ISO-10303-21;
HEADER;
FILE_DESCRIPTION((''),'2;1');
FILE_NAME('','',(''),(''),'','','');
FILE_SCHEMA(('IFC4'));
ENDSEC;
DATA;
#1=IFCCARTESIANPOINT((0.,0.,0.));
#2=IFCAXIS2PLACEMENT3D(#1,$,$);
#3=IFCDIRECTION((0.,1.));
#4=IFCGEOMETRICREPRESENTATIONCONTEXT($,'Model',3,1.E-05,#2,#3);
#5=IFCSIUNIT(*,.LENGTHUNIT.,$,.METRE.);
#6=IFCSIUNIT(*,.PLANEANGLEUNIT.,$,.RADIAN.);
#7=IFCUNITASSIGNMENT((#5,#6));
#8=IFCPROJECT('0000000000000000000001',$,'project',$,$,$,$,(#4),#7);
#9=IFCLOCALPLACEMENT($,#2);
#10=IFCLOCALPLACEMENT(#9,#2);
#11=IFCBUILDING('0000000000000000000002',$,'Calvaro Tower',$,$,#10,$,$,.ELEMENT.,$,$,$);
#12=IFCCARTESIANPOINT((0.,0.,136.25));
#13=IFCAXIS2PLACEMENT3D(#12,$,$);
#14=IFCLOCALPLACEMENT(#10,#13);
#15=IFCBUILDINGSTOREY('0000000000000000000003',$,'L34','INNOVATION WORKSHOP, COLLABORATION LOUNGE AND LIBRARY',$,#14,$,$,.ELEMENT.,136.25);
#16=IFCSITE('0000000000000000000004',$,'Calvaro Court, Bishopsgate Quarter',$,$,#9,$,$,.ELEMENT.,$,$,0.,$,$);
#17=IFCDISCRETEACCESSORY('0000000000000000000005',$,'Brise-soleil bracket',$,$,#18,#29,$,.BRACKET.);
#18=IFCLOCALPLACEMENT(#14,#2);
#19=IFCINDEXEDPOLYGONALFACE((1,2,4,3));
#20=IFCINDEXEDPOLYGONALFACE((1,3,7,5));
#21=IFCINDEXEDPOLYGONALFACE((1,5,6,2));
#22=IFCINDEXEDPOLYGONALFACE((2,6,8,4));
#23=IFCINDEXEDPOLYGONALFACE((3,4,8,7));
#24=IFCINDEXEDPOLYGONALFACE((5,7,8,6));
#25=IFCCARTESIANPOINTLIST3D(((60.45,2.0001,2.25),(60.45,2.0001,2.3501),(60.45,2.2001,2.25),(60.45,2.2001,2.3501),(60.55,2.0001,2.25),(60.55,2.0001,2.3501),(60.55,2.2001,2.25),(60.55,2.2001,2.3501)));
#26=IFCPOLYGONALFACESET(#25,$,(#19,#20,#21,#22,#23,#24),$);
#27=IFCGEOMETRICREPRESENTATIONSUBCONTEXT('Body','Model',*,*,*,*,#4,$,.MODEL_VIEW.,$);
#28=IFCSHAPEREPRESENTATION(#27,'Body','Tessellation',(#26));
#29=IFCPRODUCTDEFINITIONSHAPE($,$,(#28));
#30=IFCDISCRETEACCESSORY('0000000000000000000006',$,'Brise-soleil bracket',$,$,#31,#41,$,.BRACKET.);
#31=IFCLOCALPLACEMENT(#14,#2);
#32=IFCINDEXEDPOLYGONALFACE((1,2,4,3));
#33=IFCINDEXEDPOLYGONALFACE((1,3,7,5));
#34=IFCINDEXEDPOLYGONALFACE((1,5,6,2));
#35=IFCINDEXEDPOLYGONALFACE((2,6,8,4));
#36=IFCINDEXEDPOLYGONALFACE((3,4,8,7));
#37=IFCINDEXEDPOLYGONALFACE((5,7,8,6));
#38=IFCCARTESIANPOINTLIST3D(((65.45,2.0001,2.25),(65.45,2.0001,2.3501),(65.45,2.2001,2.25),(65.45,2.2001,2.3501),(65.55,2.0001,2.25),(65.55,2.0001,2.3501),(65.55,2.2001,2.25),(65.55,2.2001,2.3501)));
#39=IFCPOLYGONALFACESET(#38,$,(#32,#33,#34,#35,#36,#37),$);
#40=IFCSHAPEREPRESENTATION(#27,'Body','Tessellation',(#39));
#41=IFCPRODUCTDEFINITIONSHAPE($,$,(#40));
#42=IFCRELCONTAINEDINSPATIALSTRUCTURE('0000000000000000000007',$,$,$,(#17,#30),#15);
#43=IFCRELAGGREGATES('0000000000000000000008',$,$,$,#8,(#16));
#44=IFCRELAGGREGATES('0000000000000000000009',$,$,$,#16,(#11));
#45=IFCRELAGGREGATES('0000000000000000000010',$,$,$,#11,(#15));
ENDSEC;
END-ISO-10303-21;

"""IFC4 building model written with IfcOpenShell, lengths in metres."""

from ifc_helpers import new_model, si_unit, direction, frame, origin, origin_2d, place, context, subcontext, project, spatial, rectangle, extrude, element, save


model = new_model("IFC4")

# Units and contexts
model_context = context("Model", 3, precision=1e-05, world=origin(), true_north=direction((0.0, 1.0)))
body_context = subcontext(model_context, "Body", "Model", "MODEL_VIEW")
ifc_project = project(units=[si_unit("LENGTHUNIT", "METRE"), si_unit("PLANEANGLEUNIT", "RADIAN")], contexts=[model_context])

# Site, building, storey
site_placement = place(None, origin())
site = spatial("IfcSite", under=ifc_project, at=site_placement, Name="Calvaro Court, Bishopsgate Quarter", CompositionType="ELEMENT", RefElevation=0.0)
building_placement = place(site_placement, origin())
building = spatial("IfcBuilding", under=site, at=building_placement, Name="Calvaro Tower", CompositionType="ELEMENT")
storey_placement = place(building_placement, frame((0.0, 0.0, 136.25)))
storey = spatial("IfcBuildingStorey", under=building, at=storey_placement, Name="L34", Description="INNOVATION WORKSHOP, COLLABORATION LOUNGE AND LIBRARY", CompositionType="ELEMENT", Elevation=136.25)

# Discrete accessories
for number, where, z_axis, x_axis, name in (
    (1, (60.5, 2.1001, 2.25), (0.0, 0.0, 1.0), (1.0, 0.0, 0.0), "Brise-soleil bracket"),
    (2, (65.5, 2.1001, 2.25), (0.0, 0.0, 1.0), (1.0, 0.0, 0.0), "Brise-soleil bracket"),
):
    element("IfcDiscreteAccessory", number, at=place(storey_placement, frame(where, z_axis=z_axis, x_axis=x_axis)), inside=storey, Name=name, PredefinedType="BRACKET", context=body_context, shape_type="SweptSolid", body=[
        extrude(rectangle(XDim=0.1001, YDim=0.2, at=origin_2d()), origin(), (0.0, 0.0, 1.0), 0.1001),
    ])

save(model, "model.ifc")
